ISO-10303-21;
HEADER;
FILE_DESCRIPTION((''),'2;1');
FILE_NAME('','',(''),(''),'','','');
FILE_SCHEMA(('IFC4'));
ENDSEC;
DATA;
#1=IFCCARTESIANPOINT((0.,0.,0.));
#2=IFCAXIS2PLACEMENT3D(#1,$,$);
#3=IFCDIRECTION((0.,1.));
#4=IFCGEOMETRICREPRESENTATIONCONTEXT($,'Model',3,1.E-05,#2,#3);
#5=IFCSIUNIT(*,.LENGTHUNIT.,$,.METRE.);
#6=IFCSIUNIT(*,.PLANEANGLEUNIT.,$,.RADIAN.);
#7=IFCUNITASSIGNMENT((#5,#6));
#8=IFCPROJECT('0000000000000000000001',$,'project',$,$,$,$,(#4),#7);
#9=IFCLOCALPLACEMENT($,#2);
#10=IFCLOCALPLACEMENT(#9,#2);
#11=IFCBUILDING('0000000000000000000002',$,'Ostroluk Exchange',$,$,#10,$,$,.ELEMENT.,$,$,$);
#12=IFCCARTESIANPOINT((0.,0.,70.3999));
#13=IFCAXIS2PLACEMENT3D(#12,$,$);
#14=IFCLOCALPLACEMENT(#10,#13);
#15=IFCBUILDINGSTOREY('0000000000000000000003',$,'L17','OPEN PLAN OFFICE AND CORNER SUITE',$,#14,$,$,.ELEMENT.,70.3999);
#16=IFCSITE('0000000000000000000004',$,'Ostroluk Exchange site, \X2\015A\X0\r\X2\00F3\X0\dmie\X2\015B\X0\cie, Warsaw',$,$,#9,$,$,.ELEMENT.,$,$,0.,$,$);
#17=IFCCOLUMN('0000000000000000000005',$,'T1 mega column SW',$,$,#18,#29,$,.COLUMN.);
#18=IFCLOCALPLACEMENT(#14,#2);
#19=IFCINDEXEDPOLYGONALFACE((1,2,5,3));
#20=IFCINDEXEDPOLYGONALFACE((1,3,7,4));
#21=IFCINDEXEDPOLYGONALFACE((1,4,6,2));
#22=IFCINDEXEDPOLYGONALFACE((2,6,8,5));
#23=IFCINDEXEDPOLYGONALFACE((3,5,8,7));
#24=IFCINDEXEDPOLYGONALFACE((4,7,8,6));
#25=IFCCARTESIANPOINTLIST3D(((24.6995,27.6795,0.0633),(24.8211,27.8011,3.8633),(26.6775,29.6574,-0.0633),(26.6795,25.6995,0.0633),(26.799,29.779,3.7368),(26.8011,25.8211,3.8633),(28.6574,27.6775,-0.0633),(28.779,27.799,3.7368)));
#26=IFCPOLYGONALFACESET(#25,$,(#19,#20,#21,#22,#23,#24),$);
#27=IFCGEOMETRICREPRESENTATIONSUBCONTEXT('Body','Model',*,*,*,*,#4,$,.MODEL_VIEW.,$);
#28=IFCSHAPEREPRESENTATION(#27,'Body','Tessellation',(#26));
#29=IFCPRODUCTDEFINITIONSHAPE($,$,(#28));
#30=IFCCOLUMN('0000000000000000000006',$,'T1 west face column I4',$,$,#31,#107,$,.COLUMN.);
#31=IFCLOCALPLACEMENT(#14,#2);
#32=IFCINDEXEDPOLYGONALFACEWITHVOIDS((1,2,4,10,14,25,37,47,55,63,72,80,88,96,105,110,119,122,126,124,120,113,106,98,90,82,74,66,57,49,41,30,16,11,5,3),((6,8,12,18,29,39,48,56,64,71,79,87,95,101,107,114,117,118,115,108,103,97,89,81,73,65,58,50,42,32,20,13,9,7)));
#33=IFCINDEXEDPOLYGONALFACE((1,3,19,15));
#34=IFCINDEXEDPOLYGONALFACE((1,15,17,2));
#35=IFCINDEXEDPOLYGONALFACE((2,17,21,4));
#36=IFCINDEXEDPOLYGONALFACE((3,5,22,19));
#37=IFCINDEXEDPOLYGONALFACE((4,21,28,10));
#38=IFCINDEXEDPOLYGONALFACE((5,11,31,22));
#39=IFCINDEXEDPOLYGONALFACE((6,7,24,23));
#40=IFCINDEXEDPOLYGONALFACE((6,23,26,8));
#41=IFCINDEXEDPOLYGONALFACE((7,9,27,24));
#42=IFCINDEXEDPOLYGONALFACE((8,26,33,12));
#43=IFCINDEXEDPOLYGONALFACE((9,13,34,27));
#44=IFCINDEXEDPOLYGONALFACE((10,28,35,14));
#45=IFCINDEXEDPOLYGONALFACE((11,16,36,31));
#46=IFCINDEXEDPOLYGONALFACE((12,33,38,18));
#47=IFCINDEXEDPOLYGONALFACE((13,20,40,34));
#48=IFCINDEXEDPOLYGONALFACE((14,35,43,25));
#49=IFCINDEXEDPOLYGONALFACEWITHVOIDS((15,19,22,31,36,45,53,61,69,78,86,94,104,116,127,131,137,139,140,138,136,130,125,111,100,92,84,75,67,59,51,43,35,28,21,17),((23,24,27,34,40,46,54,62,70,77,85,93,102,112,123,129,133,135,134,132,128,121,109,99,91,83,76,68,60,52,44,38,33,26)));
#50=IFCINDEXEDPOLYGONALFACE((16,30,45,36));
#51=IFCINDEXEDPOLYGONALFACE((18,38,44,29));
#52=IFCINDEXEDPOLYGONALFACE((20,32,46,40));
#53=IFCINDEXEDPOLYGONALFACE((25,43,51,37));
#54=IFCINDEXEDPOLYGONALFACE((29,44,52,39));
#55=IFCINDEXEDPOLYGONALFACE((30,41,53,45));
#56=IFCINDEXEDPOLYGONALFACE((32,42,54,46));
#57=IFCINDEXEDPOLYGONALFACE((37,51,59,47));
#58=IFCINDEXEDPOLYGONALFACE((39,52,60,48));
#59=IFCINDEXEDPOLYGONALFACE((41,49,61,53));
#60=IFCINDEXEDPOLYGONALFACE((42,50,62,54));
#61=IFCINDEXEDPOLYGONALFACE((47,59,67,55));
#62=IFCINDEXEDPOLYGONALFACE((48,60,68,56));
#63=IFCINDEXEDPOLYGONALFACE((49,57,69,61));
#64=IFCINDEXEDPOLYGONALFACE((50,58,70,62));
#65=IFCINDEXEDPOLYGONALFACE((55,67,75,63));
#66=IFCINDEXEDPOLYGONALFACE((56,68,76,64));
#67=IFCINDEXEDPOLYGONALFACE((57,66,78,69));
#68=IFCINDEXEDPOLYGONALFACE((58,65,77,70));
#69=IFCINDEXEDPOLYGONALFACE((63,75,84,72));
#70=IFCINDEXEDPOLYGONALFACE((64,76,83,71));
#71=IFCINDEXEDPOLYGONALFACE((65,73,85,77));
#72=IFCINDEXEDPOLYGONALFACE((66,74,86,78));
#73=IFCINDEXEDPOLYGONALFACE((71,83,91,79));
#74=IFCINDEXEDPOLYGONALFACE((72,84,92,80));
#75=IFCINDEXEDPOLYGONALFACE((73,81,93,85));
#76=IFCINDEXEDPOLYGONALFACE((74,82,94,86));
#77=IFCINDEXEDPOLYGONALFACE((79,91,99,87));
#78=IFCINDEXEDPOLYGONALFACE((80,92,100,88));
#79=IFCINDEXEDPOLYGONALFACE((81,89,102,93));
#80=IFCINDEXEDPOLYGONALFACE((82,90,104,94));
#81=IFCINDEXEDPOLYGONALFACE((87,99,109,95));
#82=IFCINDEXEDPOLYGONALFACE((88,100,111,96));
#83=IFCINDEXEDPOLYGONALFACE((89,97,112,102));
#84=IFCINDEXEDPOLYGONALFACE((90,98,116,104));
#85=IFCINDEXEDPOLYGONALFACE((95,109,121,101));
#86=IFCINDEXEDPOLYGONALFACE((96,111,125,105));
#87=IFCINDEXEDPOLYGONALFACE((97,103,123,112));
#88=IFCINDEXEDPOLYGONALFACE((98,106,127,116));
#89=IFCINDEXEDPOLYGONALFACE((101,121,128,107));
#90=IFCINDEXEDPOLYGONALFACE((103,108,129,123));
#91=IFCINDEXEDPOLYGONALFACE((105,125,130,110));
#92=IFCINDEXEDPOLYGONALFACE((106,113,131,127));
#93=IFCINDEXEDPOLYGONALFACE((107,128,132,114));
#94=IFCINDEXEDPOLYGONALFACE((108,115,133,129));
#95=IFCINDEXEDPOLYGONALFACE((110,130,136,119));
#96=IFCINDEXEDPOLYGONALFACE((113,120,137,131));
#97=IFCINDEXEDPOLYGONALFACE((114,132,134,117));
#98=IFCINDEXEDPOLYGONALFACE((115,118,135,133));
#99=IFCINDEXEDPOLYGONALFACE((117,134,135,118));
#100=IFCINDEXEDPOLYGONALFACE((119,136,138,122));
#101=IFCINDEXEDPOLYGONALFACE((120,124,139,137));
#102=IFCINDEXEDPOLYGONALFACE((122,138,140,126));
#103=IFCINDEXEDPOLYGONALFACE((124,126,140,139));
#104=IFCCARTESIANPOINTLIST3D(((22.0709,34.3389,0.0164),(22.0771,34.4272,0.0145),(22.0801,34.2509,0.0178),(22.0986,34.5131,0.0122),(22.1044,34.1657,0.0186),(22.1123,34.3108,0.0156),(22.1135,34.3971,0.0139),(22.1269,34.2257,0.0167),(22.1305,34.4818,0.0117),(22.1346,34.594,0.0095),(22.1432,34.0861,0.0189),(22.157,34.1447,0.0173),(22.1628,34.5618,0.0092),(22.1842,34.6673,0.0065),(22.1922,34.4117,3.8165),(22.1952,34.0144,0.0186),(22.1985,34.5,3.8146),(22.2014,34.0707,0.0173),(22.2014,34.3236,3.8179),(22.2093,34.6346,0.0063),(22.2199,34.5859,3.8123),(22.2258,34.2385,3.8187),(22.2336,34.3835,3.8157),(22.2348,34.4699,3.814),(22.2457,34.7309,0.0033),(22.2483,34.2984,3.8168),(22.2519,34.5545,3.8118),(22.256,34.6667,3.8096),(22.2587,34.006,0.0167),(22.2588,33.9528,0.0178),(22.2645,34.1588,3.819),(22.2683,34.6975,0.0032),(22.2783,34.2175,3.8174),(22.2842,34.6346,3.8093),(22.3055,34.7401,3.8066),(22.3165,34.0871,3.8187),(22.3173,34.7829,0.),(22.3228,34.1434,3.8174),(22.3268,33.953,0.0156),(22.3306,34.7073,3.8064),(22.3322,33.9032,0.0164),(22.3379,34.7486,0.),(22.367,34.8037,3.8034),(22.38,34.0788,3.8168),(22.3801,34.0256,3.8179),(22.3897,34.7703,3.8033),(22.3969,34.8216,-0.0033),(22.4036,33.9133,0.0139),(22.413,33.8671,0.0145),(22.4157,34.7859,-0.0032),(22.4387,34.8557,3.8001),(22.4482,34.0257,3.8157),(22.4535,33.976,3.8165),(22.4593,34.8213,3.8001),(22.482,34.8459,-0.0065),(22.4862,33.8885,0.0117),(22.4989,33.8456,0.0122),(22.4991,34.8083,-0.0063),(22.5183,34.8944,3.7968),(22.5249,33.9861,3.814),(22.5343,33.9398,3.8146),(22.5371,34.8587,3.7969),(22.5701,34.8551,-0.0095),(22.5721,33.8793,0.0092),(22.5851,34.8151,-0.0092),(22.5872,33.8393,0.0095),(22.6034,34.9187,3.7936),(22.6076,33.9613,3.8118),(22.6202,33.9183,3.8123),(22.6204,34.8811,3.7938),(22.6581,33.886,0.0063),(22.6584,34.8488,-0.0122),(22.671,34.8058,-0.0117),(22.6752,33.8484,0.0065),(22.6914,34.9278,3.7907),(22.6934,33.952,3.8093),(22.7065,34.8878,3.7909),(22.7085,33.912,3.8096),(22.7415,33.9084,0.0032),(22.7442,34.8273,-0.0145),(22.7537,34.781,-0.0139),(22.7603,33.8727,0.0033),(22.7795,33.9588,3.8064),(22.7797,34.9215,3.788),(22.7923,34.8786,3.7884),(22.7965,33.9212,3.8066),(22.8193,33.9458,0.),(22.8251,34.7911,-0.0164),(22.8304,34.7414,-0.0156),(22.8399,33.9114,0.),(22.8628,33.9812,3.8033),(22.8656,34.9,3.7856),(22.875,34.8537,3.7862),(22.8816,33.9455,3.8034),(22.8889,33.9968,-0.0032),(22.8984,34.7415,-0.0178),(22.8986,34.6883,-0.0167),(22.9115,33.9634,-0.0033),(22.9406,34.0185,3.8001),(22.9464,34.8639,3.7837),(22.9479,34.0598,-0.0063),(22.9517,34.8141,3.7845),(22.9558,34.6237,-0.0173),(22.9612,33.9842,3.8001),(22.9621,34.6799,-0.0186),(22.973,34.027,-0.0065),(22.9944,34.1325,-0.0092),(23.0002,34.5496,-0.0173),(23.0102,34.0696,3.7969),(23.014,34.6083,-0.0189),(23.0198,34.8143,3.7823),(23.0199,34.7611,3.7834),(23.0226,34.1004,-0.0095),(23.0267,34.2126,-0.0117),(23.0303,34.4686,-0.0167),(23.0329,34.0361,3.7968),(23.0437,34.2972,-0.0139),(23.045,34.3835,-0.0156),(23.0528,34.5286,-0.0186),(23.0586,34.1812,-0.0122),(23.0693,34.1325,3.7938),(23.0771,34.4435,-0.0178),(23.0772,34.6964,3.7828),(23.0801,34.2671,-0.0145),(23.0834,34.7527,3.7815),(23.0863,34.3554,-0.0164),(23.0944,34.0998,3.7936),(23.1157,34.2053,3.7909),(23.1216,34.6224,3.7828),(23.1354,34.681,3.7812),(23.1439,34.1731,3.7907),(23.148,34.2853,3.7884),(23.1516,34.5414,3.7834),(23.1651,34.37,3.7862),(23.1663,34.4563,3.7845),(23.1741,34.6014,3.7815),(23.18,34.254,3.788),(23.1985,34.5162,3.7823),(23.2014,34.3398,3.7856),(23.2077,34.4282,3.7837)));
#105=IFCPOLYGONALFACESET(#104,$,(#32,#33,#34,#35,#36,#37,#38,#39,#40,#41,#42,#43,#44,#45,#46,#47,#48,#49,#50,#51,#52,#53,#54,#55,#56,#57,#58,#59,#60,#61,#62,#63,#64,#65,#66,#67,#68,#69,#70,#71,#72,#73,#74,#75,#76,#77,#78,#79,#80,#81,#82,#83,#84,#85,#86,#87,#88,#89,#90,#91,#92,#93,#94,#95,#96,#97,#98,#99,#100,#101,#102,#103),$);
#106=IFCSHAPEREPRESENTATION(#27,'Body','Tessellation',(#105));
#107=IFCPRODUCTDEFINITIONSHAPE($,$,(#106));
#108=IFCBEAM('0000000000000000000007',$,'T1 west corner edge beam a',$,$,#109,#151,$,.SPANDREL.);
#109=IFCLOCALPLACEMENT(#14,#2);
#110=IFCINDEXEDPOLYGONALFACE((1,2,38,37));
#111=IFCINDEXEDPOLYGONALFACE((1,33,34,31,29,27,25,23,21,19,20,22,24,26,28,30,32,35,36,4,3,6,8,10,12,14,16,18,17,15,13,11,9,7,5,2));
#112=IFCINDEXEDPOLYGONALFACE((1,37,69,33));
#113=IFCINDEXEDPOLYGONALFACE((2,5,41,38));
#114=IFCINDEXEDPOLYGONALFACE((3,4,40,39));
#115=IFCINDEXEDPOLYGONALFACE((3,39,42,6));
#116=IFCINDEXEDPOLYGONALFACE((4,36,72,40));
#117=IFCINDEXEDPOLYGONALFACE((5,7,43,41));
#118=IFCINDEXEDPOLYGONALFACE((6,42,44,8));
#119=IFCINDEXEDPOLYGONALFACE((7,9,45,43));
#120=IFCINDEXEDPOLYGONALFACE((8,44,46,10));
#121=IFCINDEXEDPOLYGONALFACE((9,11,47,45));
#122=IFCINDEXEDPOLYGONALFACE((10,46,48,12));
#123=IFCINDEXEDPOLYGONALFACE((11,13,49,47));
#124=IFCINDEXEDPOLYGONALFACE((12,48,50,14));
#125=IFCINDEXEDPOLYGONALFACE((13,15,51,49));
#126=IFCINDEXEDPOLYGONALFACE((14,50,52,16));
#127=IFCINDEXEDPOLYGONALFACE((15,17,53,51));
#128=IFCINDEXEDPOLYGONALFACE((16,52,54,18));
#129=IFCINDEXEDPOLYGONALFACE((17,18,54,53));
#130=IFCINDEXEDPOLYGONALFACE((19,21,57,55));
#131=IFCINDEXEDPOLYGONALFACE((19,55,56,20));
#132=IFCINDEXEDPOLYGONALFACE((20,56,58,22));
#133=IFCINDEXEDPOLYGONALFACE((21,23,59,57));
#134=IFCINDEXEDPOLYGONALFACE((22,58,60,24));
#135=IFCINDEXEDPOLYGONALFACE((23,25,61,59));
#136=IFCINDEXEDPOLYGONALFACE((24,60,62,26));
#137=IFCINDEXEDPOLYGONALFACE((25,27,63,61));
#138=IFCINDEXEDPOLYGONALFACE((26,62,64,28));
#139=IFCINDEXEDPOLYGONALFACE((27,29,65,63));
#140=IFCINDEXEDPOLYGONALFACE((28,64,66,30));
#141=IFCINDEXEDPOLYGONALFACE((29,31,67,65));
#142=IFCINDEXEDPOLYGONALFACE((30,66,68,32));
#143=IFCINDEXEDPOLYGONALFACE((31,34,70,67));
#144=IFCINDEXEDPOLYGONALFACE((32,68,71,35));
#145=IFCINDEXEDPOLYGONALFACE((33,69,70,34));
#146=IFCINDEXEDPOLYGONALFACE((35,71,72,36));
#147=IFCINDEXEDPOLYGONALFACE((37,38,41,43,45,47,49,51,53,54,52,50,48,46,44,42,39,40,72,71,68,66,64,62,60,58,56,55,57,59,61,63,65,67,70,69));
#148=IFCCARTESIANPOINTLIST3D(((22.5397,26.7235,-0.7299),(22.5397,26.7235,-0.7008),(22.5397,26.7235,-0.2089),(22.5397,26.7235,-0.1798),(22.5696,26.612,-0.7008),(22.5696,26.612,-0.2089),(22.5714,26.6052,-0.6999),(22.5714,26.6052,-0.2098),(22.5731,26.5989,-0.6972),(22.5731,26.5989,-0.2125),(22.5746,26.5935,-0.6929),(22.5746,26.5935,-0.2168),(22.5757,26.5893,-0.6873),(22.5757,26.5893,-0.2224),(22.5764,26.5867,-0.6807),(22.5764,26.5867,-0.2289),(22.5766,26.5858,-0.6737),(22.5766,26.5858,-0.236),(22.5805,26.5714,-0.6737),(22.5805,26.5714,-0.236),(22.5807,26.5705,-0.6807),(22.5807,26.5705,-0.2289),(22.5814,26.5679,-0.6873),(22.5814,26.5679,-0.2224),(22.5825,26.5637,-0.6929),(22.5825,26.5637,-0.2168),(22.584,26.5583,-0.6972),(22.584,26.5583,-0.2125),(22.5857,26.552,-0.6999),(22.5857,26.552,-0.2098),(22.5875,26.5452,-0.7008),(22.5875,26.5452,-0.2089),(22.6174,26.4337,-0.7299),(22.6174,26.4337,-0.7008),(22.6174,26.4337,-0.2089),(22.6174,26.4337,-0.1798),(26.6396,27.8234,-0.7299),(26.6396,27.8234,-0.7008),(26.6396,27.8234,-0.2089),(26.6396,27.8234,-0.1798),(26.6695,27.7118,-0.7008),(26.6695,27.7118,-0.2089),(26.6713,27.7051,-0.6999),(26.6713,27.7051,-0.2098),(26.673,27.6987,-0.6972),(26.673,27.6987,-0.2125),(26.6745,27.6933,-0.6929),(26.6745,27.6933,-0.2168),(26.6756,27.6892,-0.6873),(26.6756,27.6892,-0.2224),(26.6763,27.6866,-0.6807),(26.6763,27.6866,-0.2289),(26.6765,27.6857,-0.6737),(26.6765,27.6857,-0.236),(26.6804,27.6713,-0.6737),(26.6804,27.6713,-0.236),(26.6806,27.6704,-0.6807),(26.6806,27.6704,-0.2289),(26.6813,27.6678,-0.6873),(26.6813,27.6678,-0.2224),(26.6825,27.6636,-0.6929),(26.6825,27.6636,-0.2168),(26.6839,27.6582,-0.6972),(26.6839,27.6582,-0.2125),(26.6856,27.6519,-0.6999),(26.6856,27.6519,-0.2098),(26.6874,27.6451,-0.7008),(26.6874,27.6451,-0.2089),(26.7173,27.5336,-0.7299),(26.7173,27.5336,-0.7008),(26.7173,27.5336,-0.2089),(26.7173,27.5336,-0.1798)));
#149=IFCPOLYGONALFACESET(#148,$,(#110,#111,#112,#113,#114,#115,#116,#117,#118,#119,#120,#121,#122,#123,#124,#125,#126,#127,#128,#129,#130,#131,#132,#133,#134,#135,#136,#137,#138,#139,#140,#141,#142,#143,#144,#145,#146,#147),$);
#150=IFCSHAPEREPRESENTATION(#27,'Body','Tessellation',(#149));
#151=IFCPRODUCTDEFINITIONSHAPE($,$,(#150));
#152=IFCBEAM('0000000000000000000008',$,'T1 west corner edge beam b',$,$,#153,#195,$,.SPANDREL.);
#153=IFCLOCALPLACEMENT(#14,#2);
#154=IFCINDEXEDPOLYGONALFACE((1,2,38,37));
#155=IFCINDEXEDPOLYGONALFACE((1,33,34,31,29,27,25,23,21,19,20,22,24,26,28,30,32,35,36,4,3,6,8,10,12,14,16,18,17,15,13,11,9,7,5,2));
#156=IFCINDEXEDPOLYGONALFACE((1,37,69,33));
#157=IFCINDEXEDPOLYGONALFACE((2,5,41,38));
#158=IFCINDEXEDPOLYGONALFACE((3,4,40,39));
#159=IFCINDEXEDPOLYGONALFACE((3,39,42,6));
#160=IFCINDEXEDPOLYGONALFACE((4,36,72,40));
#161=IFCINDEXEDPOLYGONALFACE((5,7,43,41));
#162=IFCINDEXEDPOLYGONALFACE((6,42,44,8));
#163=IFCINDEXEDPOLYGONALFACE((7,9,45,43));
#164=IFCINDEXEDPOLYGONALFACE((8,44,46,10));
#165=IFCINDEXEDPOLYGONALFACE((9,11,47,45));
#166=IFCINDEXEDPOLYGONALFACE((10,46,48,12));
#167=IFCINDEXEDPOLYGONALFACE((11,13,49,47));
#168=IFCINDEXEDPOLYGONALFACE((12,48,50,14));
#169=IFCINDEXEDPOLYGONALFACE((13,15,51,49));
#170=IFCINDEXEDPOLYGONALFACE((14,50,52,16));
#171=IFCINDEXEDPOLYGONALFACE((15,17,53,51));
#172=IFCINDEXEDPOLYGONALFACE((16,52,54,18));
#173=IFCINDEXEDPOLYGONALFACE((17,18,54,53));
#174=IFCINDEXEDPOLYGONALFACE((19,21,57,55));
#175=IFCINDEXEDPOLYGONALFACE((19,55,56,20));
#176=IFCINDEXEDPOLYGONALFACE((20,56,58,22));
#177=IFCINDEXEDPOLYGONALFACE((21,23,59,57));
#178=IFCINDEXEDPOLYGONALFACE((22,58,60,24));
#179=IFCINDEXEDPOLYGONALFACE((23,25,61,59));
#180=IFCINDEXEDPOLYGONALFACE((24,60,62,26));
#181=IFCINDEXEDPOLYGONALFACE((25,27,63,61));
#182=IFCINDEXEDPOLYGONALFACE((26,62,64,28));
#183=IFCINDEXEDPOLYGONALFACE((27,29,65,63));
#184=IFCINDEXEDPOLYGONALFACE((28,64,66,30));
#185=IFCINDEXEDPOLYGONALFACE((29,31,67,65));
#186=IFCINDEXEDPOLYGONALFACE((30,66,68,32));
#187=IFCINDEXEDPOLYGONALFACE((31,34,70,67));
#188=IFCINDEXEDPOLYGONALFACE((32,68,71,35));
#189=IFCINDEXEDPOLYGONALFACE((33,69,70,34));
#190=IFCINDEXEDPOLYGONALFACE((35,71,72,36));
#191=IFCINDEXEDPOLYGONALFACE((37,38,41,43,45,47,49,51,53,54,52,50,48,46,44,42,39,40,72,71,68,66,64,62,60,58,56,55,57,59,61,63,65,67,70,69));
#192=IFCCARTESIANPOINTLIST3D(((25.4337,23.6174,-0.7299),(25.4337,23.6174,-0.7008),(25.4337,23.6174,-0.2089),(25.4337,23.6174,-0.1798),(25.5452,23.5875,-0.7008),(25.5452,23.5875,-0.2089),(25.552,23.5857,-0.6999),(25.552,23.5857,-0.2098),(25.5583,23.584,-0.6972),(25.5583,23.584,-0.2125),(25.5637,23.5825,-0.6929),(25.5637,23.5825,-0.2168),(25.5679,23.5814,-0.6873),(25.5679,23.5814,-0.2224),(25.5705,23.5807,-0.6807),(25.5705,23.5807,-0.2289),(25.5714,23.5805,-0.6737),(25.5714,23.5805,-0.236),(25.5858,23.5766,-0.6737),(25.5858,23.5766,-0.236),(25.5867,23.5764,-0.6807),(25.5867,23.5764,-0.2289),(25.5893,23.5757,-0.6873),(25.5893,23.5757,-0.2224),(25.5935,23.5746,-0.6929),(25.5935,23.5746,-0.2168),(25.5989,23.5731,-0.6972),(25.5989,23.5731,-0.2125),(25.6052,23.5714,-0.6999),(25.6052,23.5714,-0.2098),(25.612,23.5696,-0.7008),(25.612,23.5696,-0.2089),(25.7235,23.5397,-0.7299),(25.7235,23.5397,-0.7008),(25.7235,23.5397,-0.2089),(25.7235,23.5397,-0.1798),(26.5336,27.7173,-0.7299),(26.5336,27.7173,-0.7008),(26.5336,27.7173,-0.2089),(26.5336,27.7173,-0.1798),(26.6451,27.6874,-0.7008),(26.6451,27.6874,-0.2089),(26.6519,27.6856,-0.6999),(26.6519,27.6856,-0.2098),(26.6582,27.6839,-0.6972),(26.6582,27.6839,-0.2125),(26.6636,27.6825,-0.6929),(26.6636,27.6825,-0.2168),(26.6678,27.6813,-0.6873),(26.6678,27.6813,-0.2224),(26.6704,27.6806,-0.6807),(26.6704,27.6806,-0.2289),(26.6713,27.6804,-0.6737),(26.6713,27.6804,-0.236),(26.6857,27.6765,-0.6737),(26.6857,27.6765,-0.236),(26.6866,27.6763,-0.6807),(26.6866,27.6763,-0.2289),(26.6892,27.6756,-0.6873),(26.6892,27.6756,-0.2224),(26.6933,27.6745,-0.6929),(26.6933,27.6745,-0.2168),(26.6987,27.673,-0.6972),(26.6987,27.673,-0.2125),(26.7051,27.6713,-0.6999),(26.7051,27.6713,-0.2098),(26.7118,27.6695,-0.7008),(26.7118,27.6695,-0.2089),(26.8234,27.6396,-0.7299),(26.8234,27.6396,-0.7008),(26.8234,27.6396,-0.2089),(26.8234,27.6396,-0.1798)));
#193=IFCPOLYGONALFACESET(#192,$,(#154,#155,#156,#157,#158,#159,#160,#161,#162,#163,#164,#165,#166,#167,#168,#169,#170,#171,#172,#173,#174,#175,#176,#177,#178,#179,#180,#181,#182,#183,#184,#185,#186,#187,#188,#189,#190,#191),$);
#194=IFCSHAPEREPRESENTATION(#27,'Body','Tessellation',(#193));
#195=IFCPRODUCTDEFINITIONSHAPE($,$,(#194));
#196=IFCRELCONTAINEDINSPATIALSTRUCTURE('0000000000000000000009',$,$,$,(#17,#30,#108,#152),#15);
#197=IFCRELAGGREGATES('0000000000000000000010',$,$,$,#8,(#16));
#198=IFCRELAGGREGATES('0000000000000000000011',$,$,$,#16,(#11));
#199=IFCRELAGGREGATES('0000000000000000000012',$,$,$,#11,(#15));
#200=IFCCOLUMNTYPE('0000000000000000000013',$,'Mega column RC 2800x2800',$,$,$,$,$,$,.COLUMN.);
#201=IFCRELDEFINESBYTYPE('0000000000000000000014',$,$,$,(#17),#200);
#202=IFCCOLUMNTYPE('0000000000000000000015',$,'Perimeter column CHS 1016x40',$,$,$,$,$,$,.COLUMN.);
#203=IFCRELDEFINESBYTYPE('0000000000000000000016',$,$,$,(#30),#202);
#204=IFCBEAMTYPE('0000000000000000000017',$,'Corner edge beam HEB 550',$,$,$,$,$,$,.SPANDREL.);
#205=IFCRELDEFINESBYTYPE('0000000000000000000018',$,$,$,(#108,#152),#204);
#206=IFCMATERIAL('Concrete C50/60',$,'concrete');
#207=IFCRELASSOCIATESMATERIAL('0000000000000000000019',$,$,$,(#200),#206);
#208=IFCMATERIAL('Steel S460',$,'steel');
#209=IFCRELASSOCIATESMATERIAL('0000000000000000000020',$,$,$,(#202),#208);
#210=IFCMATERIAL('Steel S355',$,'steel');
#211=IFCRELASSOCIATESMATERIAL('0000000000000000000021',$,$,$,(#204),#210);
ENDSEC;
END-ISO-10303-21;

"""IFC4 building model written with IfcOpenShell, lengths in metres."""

from ifc_helpers import new_model, si_unit, direction, frame, origin, origin_2d, place, context, subcontext, project, spatial, rectangle, hollow_circle, i_section, extrude, material, material_profile, profile_set, type_object, element, save


model = new_model("IFC4")

# Units and contexts
model_context = context("Model", 3, precision=1e-05, world=origin(), true_north=direction((0.0, 1.0)))
body_context = subcontext(model_context, "Body", "Model", "MODEL_VIEW")
ifc_project = project(units=[si_unit("LENGTHUNIT", "METRE"), si_unit("PLANEANGLEUNIT", "RADIAN")], contexts=[model_context])

# Site, building, storey
site_placement = place(None, origin())
site = spatial("IfcSite", under=ifc_project, at=site_placement, Name="Ostroluk Exchange site, Śródmieście, Warsaw", CompositionType="ELEMENT", RefElevation=0.0)
building_placement = place(site_placement, origin())
building = spatial("IfcBuilding", under=site, at=building_placement, Name="Ostroluk Exchange", CompositionType="ELEMENT")
storey_placement = place(building_placement, frame((0.0, 0.0, 70.3999)))
storey = spatial("IfcBuildingStorey", under=building, at=storey_placement, Name="L17", Description="OPEN PLAN OFFICE AND CORNER SUITE", CompositionType="ELEMENT", Elevation=70.3999)

# Columns
ifc_material_1 = material(Name="Concrete C50/60", Category="concrete")
ifc_material_profile_1 = material_profile(ifc_material_1, rectangle(XDim=2.8, YDim=2.8, at=origin_2d()), Name="RC 2800x2800")
ifc_profile_set_1 = profile_set([ifc_material_profile_1], Name="Concrete C50/60")
column_type_1 = type_object("IfcColumnType", Name="Mega column RC 2800x2800", PredefinedType="COLUMN", material=ifc_profile_set_1)
column_1_placement = place(storey_placement, frame((26.6785, 27.6785, 0.0), z_axis=(0.031962, 0.031962, 0.998978), x_axis=(-0.707107, 0.707107, 0.0)))
element("IfcColumn", 1, at=column_1_placement, inside=storey, type_object=column_type_1, Name="T1 mega column SW", PredefinedType="COLUMN", context=body_context, shape_type="SweptSolid", body=[
    extrude(rectangle(XDim=2.8, YDim=2.8, at=origin_2d()), origin(), (0.0, 0.0, 1.0), 3.804),
])
ifc_material_2 = material(Name="Steel S460", Category="steel")
ifc_material_profile_2 = material_profile(ifc_material_2, hollow_circle(Radius=0.5081, WallThickness=0.04, at=origin_2d()), Name="CHS 1016x40")
ifc_profile_set_2 = profile_set([ifc_material_profile_2], Name="Steel S460")
column_type_2 = type_object("IfcColumnType", Name="Perimeter column CHS 1016x40", PredefinedType="COLUMN", material=ifc_profile_set_2)
column_2_placement = place(storey_placement, frame((22.5786, 34.3472, 0.0), z_axis=(0.031909, 0.019132, 0.999308), x_axis=(-0.514242, 0.857645, 0.0)))
element("IfcColumn", 2, at=column_2_placement, inside=storey, type_object=column_type_2, Name="T1 west face column I4", PredefinedType="COLUMN", context=body_context, shape_type="SweptSolid", body=[
    extrude(hollow_circle(Radius=0.5081, WallThickness=0.04, at=origin_2d()), origin(), (0.0, 0.0, 1.0), 3.8027),
])

# Beams
ifc_material_3 = material(Name="Steel S355", Category="steel")
ifc_material_profile_3 = material_profile(ifc_material_3, i_section(OverallWidth=0.3, OverallDepth=0.55, WebThickness=0.0149, FlangeThickness=0.0291, FilletRadius=0.0271, at=origin_2d()), Name="HEB 550")
ifc_profile_set_3 = profile_set([ifc_material_profile_3], Name="Steel S355")
beam_type_1 = type_object("IfcBeamType", Name="Corner edge beam HEB 550", PredefinedType="SPANDREL", material=ifc_profile_set_3)
for number, where, z_axis, x_axis, name in (
    (3, (26.6785, 27.6785, -0.4548), (-0.965849, -0.259105, 0.0), (0.259105, -0.965849, 0.0), "T1 west corner edge beam a"),
    (4, (26.6785, 27.6785, -0.4548), (-0.259105, -0.965849, 0.0), (0.965849, -0.259105, 0.0), "T1 west corner edge beam b"),
):
    element("IfcBeam", number, at=place(storey_placement, frame(where, z_axis=z_axis, x_axis=x_axis)), inside=storey, type_object=beam_type_1, Name=name, PredefinedType="SPANDREL", context=body_context, shape_type="SweptSolid", body=[
        extrude(i_section(OverallWidth=0.3, OverallDepth=0.55, WebThickness=0.0149, FlangeThickness=0.0291, FilletRadius=0.0271, at=origin_2d()), origin(), (0.0, 0.0, 1.0), 4.2449),
    ])

save(model, "model.ifc")
